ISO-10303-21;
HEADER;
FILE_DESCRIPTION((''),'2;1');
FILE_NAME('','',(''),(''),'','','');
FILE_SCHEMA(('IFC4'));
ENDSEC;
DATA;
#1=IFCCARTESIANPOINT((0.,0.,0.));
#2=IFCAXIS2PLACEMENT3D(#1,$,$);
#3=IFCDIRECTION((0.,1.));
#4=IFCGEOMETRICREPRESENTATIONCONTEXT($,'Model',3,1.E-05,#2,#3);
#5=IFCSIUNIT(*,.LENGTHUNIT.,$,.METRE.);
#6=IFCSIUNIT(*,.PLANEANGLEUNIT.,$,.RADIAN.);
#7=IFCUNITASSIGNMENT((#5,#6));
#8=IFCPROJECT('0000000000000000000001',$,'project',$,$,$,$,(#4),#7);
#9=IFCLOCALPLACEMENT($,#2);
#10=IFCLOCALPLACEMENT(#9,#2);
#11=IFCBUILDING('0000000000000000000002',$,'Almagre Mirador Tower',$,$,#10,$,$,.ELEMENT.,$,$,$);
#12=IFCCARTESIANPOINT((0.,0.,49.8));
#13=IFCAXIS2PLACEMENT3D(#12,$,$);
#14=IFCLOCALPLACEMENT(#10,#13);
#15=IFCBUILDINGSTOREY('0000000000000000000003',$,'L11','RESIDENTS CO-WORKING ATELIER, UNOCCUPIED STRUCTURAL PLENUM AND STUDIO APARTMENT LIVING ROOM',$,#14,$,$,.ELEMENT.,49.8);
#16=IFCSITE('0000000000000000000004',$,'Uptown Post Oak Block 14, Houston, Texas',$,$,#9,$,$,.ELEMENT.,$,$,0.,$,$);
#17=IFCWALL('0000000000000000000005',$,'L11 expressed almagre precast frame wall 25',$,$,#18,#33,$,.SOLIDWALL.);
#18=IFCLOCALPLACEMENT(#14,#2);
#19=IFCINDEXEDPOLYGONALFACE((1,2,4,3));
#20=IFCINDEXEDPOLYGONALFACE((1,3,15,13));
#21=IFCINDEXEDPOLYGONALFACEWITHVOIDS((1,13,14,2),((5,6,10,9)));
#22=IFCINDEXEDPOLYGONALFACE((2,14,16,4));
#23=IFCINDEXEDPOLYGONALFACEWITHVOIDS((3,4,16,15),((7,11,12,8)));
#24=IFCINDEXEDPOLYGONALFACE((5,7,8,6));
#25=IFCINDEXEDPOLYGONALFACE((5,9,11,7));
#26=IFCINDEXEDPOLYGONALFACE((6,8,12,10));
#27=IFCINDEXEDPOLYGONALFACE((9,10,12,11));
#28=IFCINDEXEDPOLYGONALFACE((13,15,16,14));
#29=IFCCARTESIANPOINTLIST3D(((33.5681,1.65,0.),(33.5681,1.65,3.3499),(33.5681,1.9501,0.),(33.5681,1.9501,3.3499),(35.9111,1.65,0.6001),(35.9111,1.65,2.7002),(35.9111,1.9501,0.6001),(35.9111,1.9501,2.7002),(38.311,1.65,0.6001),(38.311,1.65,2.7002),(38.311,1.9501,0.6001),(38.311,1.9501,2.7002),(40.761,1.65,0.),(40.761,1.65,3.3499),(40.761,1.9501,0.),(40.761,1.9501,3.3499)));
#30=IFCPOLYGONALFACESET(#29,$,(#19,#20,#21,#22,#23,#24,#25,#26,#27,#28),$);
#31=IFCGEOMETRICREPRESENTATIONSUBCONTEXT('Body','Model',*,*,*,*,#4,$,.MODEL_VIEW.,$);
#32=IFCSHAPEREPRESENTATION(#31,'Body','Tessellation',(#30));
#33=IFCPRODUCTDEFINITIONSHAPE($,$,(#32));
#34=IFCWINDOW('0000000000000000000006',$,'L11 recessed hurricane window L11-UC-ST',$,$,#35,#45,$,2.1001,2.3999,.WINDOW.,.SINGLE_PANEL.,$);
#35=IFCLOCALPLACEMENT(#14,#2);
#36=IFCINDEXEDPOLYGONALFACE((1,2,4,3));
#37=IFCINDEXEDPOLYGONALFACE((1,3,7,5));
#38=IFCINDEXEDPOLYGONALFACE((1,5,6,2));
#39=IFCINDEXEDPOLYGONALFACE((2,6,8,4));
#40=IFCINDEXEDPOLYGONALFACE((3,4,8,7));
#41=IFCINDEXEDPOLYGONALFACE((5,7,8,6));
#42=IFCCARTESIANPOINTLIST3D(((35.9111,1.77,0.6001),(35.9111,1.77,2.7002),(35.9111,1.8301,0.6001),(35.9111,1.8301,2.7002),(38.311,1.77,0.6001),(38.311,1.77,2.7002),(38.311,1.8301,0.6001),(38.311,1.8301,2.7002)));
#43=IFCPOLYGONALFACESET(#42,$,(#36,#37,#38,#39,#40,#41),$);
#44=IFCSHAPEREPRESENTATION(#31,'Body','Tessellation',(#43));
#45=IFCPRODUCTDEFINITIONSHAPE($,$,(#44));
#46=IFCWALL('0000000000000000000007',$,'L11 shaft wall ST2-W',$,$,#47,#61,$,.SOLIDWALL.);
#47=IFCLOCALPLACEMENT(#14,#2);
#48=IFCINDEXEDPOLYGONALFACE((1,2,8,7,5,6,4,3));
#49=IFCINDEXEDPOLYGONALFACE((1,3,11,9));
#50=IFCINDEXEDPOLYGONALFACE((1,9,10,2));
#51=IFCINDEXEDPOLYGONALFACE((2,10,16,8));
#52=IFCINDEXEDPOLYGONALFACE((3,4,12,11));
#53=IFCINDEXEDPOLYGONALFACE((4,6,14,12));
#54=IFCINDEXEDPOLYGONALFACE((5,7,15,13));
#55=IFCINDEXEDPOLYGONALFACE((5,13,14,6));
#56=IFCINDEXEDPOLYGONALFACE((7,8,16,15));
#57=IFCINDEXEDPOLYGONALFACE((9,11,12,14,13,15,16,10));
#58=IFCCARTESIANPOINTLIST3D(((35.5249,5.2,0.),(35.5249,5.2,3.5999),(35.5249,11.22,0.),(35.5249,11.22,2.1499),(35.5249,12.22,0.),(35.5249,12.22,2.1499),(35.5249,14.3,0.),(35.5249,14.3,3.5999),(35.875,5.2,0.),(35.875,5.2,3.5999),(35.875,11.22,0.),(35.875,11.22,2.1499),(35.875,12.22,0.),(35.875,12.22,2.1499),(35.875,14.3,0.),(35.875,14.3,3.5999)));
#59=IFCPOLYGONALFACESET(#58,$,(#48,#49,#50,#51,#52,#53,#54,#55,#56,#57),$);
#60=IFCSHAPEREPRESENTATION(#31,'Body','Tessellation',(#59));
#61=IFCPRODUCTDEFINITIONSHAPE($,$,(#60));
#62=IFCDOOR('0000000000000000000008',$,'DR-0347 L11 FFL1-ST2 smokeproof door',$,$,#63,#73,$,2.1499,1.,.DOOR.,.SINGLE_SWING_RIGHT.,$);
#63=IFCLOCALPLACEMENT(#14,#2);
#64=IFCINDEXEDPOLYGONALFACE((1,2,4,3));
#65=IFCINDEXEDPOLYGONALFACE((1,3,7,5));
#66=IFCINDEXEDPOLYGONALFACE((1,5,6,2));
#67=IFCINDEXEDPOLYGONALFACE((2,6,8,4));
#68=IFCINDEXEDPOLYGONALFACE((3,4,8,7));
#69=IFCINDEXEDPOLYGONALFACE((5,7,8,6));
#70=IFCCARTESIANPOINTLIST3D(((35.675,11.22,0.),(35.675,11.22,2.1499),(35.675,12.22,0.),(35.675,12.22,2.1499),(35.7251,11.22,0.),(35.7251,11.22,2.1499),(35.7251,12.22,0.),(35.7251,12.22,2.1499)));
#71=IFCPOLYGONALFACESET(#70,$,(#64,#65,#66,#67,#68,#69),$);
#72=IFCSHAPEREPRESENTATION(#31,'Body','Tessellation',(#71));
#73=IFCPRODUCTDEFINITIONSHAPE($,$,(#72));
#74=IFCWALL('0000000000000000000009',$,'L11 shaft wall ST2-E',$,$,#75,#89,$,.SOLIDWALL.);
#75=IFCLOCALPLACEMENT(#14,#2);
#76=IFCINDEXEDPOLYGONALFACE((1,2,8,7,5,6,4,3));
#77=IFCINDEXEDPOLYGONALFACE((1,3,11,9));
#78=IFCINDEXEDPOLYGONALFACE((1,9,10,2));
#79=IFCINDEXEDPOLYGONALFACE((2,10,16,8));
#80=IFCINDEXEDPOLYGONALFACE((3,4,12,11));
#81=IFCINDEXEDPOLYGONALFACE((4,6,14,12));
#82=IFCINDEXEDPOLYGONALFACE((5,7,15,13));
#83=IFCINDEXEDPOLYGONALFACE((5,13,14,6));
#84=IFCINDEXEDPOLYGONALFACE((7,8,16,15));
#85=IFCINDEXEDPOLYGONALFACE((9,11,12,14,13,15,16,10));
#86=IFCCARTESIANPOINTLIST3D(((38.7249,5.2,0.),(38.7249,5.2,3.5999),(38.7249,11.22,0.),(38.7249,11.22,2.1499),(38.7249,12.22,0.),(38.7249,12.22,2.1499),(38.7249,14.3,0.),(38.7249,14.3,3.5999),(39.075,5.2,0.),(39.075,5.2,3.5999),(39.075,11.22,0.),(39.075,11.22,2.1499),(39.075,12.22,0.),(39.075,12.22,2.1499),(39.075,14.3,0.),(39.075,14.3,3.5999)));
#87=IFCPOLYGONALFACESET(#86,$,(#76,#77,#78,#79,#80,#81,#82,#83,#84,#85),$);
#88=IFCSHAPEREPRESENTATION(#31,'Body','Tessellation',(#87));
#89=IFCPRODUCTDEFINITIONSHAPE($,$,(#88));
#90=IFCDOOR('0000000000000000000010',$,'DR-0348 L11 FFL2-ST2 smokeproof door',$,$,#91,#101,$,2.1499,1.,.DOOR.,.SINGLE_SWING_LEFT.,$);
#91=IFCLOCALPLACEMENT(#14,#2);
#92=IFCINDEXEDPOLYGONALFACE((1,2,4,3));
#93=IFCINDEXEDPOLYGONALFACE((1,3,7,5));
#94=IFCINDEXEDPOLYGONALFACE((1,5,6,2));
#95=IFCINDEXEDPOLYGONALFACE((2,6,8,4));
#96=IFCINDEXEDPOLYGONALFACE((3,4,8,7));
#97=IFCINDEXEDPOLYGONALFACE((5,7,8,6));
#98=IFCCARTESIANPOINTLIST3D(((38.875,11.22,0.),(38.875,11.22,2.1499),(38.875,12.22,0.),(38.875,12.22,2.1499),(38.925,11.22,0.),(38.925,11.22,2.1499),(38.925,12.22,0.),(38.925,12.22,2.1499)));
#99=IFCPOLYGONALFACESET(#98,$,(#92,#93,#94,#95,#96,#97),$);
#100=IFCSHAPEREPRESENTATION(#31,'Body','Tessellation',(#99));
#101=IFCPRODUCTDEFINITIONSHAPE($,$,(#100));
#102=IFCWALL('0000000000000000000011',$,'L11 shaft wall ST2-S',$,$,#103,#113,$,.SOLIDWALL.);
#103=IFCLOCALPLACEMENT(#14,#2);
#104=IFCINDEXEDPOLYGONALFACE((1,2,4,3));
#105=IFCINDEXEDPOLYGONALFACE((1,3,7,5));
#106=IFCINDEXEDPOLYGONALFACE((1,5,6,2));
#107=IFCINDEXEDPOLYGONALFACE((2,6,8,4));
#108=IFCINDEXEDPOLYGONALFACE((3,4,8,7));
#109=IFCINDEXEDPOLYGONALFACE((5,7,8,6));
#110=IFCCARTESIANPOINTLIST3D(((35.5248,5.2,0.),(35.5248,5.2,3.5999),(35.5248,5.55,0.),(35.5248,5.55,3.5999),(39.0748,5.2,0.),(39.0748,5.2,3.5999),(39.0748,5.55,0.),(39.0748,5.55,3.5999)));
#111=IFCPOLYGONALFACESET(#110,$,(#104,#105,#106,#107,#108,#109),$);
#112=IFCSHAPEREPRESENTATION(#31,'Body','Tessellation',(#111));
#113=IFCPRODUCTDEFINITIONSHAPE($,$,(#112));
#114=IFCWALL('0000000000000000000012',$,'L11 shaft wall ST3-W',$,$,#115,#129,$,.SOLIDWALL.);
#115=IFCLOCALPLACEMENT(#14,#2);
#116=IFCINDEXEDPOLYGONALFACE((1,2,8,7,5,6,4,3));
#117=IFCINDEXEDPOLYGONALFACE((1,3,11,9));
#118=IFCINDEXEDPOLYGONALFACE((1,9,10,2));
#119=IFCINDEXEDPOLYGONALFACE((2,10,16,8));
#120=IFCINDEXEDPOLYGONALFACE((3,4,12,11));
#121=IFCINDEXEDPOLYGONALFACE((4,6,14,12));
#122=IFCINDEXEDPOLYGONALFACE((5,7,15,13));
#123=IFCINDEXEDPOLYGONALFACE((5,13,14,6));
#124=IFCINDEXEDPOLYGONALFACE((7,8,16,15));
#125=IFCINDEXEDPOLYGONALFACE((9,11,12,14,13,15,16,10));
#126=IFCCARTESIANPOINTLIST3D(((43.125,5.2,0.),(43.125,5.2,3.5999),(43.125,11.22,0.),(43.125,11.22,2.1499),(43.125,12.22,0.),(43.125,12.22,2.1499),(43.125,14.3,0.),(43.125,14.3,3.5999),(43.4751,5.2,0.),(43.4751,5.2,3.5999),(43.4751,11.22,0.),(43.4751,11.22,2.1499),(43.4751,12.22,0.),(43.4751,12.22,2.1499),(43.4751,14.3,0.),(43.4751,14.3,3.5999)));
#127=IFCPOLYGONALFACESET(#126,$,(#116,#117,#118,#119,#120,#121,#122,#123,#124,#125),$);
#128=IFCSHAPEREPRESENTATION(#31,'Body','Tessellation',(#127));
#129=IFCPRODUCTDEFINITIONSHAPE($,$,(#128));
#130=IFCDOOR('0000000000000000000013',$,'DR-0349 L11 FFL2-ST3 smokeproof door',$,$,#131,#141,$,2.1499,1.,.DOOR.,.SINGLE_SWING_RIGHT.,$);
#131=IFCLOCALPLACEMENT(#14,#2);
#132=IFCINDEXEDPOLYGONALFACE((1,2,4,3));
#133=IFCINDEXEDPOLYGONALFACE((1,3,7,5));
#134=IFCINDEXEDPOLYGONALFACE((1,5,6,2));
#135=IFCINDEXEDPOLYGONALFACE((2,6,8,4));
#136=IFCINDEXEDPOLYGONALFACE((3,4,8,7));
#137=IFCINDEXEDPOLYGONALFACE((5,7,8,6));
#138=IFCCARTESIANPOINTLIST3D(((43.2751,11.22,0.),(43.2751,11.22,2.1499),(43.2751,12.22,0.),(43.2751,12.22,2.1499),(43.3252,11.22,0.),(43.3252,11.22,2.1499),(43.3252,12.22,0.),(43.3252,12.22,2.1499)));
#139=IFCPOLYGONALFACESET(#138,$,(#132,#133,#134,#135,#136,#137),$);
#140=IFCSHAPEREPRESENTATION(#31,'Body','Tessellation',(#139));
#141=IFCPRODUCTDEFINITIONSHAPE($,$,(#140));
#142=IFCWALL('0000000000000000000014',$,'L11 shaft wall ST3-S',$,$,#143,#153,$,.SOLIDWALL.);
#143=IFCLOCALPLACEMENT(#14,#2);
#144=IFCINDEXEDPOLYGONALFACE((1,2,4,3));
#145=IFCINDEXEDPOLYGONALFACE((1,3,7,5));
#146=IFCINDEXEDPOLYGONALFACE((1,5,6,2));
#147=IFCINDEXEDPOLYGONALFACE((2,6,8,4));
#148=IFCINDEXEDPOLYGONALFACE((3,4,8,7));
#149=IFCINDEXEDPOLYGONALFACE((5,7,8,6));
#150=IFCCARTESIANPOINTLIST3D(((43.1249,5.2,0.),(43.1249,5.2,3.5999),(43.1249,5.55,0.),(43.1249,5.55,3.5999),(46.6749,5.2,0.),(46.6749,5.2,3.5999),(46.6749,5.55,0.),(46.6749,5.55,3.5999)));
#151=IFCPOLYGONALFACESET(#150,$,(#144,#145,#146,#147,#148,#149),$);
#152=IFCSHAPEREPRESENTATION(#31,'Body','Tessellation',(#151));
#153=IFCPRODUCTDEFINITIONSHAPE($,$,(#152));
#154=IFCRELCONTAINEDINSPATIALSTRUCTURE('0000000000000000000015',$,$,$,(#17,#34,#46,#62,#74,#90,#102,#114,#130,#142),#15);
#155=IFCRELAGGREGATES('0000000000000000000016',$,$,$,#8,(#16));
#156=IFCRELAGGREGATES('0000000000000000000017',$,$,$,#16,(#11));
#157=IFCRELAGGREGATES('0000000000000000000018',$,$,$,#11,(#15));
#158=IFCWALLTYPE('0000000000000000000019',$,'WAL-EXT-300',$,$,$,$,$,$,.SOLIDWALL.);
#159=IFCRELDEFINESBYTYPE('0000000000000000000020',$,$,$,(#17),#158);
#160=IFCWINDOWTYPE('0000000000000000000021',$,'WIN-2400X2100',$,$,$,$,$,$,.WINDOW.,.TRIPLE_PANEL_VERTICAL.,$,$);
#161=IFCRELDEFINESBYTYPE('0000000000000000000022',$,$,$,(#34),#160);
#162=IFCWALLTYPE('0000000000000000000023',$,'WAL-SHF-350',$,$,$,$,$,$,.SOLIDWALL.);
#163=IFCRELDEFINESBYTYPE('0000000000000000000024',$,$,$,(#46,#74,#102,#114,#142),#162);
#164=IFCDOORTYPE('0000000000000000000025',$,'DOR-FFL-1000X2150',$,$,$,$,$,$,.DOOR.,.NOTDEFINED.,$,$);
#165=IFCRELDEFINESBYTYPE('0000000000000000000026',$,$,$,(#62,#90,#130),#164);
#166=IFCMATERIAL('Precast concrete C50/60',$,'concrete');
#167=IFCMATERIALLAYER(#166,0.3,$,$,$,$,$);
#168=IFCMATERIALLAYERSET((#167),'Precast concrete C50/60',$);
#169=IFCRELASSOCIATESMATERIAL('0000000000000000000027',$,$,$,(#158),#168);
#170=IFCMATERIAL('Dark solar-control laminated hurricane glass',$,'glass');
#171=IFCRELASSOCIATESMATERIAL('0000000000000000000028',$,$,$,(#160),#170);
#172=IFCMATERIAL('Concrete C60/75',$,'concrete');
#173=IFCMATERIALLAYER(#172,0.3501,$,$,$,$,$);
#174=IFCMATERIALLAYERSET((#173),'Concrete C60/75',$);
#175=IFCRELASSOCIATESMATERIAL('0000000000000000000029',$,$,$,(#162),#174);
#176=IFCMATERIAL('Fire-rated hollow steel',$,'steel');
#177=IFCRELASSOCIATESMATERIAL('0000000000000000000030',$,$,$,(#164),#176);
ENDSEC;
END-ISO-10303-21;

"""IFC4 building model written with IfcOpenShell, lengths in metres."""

from ifc_helpers import new_model, si_unit, direction, frame, frame_2d, origin, place, context, subcontext, project, spatial, rectangle, extrude, material, layer, layer_set, type_object, element, fill, save


model = new_model("IFC4")

# Units and contexts
model_context = context("Model", 3, precision=1e-05, world=origin(), true_north=direction((0.0, 1.0)))
body_context = subcontext(model_context, "Body", "Model", "MODEL_VIEW")
ifc_project = project(units=[si_unit("LENGTHUNIT", "METRE"), si_unit("PLANEANGLEUNIT", "RADIAN")], contexts=[model_context])

# Site, building, storey
site_placement = place(None, origin())
site = spatial("IfcSite", under=ifc_project, at=site_placement, Name="Uptown Post Oak Block 14, Houston, Texas", CompositionType="ELEMENT", RefElevation=0.0)
building_placement = place(site_placement, origin())
building = spatial("IfcBuilding", under=site, at=building_placement, Name="Almagre Mirador Tower", CompositionType="ELEMENT")
storey_placement = place(building_placement, frame((0.0, 0.0, 49.8)))
storey = spatial("IfcBuildingStorey", under=building, at=storey_placement, Name="L11", Description="RESIDENTS CO-WORKING ATELIER, UNOCCUPIED STRUCTURAL PLENUM AND STUDIO APARTMENT LIVING ROOM", CompositionType="ELEMENT", Elevation=49.8)

# Wall, opening, window
ifc_material_1 = material(Name="Precast concrete C50/60", Category="concrete")
ifc_layer_1 = layer(ifc_material_1, 0.3)
ifc_layer_set_1 = layer_set([ifc_layer_1], Name="Precast concrete C50/60")
wall_type_1 = type_object("IfcWallType", Name="WAL-EXT-300", PredefinedType="SOLIDWALL", material=ifc_layer_set_1)
wall_1_placement = place(storey_placement, frame((40.761, 1.8, 0.0), z_axis=(0.0, 0.0, 1.0), x_axis=(-1.0, 0.0, 0.0)))
wall_1 = element("IfcWall", 1, at=wall_1_placement, inside=storey, type_object=wall_type_1, Name="L11 expressed almagre precast frame wall 25", PredefinedType="SOLIDWALL", context=body_context, shape_type="SweptSolid", body=[
    extrude(rectangle(XDim=7.1929, YDim=0.3, at=frame_2d((3.5964, 0.0))), origin(), (0.0, 0.0, 1.0), 3.3499),
])
opening_1_placement = place(wall_1_placement, frame((2.45, 0.0, 0.6001)))
opening_1 = element("IfcOpeningElement", 2, at=opening_1_placement, cuts=wall_1, PredefinedType="OPENING", context=body_context, shape_type="SweptSolid", body=[
    extrude(rectangle(XDim=2.3999, YDim=2.1001, at=frame_2d((1.2, 1.05))), frame((0.0, 0.1599, 0.0), z_axis=(0.0, -1.0, 0.0), x_axis=(1.0, 0.0, 0.0)), (0.0, 0.0, 1.0), 0.32),
])
ifc_material_2 = material(Name="Dark solar-control laminated hurricane glass", Category="glass")
window_type = type_object("IfcWindowType", Name="WIN-2400X2100", PartitioningType="TRIPLE_PANEL_VERTICAL", PredefinedType="WINDOW", material=ifc_material_2)
window_placement = place(opening_1_placement, origin())
window = element("IfcWindow", 3, at=window_placement, inside=storey, type_object=window_type, Name="L11 recessed hurricane window L11-UC-ST", OverallHeight=2.1001, OverallWidth=2.3999, PartitioningType="SINGLE_PANEL", PredefinedType="WINDOW", context=body_context, shape_type="SweptSolid", body=[
    extrude(rectangle(XDim=2.3999, YDim=2.1001, at=frame_2d((1.2, 1.05))), frame((0.0, 0.03, 0.0), z_axis=(0.0, -1.0, 0.0), x_axis=(1.0, 0.0, 0.0)), (0.0, 0.0, 1.0), 0.0601),
])
fill(opening_1, window)

# Walls, openings, doors
ifc_material_3 = material(Name="Concrete C60/75", Category="concrete")
ifc_layer_2 = layer(ifc_material_3, 0.3501)
ifc_layer_set_2 = layer_set([ifc_layer_2], Name="Concrete C60/75")
wall_type_2 = type_object("IfcWallType", Name="WAL-SHF-350", PredefinedType="SOLIDWALL", material=ifc_layer_set_2)
wall_2_placement = place(storey_placement, frame((35.7, 5.2, 0.0), z_axis=(0.0, 0.0, 1.0), x_axis=(0.0, 1.0, 0.0)))
wall_2 = element("IfcWall", 4, at=wall_2_placement, inside=storey, type_object=wall_type_2, Name="L11 shaft wall ST2-W", PredefinedType="SOLIDWALL", context=body_context, shape_type="SweptSolid", body=[
    extrude(rectangle(XDim=9.1001, YDim=0.3501, at=frame_2d((4.55, 0.0))), origin(), (0.0, 0.0, 1.0), 3.5999),
])
opening_2_placement = place(wall_2_placement, frame((6.02, 0.0, 0.0)))
opening_2 = element("IfcOpeningElement", 5, at=opening_2_placement, cuts=wall_2, PredefinedType="OPENING", context=body_context, shape_type="SweptSolid", body=[
    extrude(rectangle(XDim=1.0, YDim=2.1499, at=frame_2d((0.5, 1.075))), frame((0.0, 0.185, 0.0), z_axis=(0.0, -1.0, 0.0), x_axis=(1.0, 0.0, 0.0)), (0.0, 0.0, 1.0), 0.3701),
])
ifc_material_4 = material(Name="Fire-rated hollow steel", Category="steel")
door_type_1 = type_object("IfcDoorType", Name="DOR-FFL-1000X2150", OperationType="NOTDEFINED", PredefinedType="DOOR", material=ifc_material_4)
door_1_placement = place(opening_2_placement, origin())
door_1 = element("IfcDoor", 6, at=door_1_placement, inside=storey, type_object=door_type_1, Name="DR-0347 L11 FFL1-ST2 smokeproof door", OperationType="SINGLE_SWING_RIGHT", OverallHeight=2.1499, OverallWidth=1.0, PredefinedType="DOOR", context=body_context, shape_type="SweptSolid", body=[
    extrude(rectangle(XDim=1.0, YDim=2.1499, at=frame_2d((0.5, 1.075))), frame((0.0, 0.0249, 0.0), z_axis=(0.0, -1.0, 0.0), x_axis=(1.0, 0.0, 0.0)), (0.0, 0.0, 1.0), 0.05),
])
fill(opening_2, door_1)
wall_3_placement = place(storey_placement, frame((38.8999, 5.2, 0.0), z_axis=(0.0, 0.0, 1.0), x_axis=(0.0, 1.0, 0.0)))
wall_3 = element("IfcWall", 7, at=wall_3_placement, inside=storey, type_object=wall_type_2, Name="L11 shaft wall ST2-E", PredefinedType="SOLIDWALL", context=body_context, shape_type="SweptSolid", body=[
    extrude(rectangle(XDim=9.1001, YDim=0.3501, at=frame_2d((4.55, 0.0))), origin(), (0.0, 0.0, 1.0), 3.5999),
])
opening_3_placement = place(wall_3_placement, frame((6.02, 0.0, 0.0)))
opening_3 = element("IfcOpeningElement", 8, at=opening_3_placement, cuts=wall_3, PredefinedType="OPENING", context=body_context, shape_type="SweptSolid", body=[
    extrude(rectangle(XDim=1.0, YDim=2.1499, at=frame_2d((0.5, 1.075))), frame((0.0, 0.185, 0.0), z_axis=(0.0, -1.0, 0.0), x_axis=(1.0, 0.0, 0.0)), (0.0, 0.0, 1.0), 0.3701),
])
door_2_placement = place(opening_3_placement, origin())
door_2 = element("IfcDoor", 9, at=door_2_placement, inside=storey, type_object=door_type_1, Name="DR-0348 L11 FFL2-ST2 smokeproof door", OperationType="SINGLE_SWING_LEFT", OverallHeight=2.1499, OverallWidth=1.0, PredefinedType="DOOR", context=body_context, shape_type="SweptSolid", body=[
    extrude(rectangle(XDim=1.0, YDim=2.1499, at=frame_2d((0.5, 1.075))), frame((0.0, 0.0249, 0.0), z_axis=(0.0, -1.0, 0.0), x_axis=(1.0, 0.0, 0.0)), (0.0, 0.0, 1.0), 0.05),
])
fill(opening_3, door_2)

# Wall
wall_4_placement = place(storey_placement, frame((35.5249, 5.375, 0.0), z_axis=(0.0, 0.0, 1.0), x_axis=(1.0, 0.0, 0.0)))
element("IfcWall", 10, at=wall_4_placement, inside=storey, type_object=wall_type_2, Name="L11 shaft wall ST2-S", PredefinedType="SOLIDWALL", context=body_context, shape_type="SweptSolid", body=[
    extrude(rectangle(XDim=3.55, YDim=0.3501, at=frame_2d((1.7749, 0.0))), origin(), (0.0, 0.0, 1.0), 3.5999),
])

# Wall, opening, door
wall_5_placement = place(storey_placement, frame((43.3, 5.2, 0.0), z_axis=(0.0, 0.0, 1.0), x_axis=(0.0, 1.0, 0.0)))
wall_5 = element("IfcWall", 11, at=wall_5_placement, inside=storey, type_object=wall_type_2, Name="L11 shaft wall ST3-W", PredefinedType="SOLIDWALL", context=body_context, shape_type="SweptSolid", body=[
    extrude(rectangle(XDim=9.1001, YDim=0.3501, at=frame_2d((4.55, 0.0))), origin(), (0.0, 0.0, 1.0), 3.5999),
])
opening_4_placement = place(wall_5_placement, frame((6.02, 0.0, 0.0)))
opening_4 = element("IfcOpeningElement", 12, at=opening_4_placement, cuts=wall_5, PredefinedType="OPENING", context=body_context, shape_type="SweptSolid", body=[
    extrude(rectangle(XDim=1.0, YDim=2.1499, at=frame_2d((0.5, 1.075))), frame((0.0, 0.185, 0.0), z_axis=(0.0, -1.0, 0.0), x_axis=(1.0, 0.0, 0.0)), (0.0, 0.0, 1.0), 0.3701),
])
door_3_placement = place(opening_4_placement, origin())
door_3 = element("IfcDoor", 13, at=door_3_placement, inside=storey, type_object=door_type_1, Name="DR-0349 L11 FFL2-ST3 smokeproof door", OperationType="SINGLE_SWING_RIGHT", OverallHeight=2.1499, OverallWidth=1.0, PredefinedType="DOOR", context=body_context, shape_type="SweptSolid", body=[
    extrude(rectangle(XDim=1.0, YDim=2.1499, at=frame_2d((0.5, 1.075))), frame((0.0, 0.0249, 0.0), z_axis=(0.0, -1.0, 0.0), x_axis=(1.0, 0.0, 0.0)), (0.0, 0.0, 1.0), 0.05),
])
fill(opening_4, door_3)

# Wall
wall_6_placement = place(storey_placement, frame((43.125, 5.375, 0.0), z_axis=(0.0, 0.0, 1.0), x_axis=(1.0, 0.0, 0.0)))
element("IfcWall", 14, at=wall_6_placement, inside=storey, type_object=wall_type_2, Name="L11 shaft wall ST3-S", PredefinedType="SOLIDWALL", context=body_context, shape_type="SweptSolid", body=[
    extrude(rectangle(XDim=3.55, YDim=0.3501, at=frame_2d((1.7749, 0.0))), origin(), (0.0, 0.0, 1.0), 3.5999),
])

save(model, "model.ifc")
